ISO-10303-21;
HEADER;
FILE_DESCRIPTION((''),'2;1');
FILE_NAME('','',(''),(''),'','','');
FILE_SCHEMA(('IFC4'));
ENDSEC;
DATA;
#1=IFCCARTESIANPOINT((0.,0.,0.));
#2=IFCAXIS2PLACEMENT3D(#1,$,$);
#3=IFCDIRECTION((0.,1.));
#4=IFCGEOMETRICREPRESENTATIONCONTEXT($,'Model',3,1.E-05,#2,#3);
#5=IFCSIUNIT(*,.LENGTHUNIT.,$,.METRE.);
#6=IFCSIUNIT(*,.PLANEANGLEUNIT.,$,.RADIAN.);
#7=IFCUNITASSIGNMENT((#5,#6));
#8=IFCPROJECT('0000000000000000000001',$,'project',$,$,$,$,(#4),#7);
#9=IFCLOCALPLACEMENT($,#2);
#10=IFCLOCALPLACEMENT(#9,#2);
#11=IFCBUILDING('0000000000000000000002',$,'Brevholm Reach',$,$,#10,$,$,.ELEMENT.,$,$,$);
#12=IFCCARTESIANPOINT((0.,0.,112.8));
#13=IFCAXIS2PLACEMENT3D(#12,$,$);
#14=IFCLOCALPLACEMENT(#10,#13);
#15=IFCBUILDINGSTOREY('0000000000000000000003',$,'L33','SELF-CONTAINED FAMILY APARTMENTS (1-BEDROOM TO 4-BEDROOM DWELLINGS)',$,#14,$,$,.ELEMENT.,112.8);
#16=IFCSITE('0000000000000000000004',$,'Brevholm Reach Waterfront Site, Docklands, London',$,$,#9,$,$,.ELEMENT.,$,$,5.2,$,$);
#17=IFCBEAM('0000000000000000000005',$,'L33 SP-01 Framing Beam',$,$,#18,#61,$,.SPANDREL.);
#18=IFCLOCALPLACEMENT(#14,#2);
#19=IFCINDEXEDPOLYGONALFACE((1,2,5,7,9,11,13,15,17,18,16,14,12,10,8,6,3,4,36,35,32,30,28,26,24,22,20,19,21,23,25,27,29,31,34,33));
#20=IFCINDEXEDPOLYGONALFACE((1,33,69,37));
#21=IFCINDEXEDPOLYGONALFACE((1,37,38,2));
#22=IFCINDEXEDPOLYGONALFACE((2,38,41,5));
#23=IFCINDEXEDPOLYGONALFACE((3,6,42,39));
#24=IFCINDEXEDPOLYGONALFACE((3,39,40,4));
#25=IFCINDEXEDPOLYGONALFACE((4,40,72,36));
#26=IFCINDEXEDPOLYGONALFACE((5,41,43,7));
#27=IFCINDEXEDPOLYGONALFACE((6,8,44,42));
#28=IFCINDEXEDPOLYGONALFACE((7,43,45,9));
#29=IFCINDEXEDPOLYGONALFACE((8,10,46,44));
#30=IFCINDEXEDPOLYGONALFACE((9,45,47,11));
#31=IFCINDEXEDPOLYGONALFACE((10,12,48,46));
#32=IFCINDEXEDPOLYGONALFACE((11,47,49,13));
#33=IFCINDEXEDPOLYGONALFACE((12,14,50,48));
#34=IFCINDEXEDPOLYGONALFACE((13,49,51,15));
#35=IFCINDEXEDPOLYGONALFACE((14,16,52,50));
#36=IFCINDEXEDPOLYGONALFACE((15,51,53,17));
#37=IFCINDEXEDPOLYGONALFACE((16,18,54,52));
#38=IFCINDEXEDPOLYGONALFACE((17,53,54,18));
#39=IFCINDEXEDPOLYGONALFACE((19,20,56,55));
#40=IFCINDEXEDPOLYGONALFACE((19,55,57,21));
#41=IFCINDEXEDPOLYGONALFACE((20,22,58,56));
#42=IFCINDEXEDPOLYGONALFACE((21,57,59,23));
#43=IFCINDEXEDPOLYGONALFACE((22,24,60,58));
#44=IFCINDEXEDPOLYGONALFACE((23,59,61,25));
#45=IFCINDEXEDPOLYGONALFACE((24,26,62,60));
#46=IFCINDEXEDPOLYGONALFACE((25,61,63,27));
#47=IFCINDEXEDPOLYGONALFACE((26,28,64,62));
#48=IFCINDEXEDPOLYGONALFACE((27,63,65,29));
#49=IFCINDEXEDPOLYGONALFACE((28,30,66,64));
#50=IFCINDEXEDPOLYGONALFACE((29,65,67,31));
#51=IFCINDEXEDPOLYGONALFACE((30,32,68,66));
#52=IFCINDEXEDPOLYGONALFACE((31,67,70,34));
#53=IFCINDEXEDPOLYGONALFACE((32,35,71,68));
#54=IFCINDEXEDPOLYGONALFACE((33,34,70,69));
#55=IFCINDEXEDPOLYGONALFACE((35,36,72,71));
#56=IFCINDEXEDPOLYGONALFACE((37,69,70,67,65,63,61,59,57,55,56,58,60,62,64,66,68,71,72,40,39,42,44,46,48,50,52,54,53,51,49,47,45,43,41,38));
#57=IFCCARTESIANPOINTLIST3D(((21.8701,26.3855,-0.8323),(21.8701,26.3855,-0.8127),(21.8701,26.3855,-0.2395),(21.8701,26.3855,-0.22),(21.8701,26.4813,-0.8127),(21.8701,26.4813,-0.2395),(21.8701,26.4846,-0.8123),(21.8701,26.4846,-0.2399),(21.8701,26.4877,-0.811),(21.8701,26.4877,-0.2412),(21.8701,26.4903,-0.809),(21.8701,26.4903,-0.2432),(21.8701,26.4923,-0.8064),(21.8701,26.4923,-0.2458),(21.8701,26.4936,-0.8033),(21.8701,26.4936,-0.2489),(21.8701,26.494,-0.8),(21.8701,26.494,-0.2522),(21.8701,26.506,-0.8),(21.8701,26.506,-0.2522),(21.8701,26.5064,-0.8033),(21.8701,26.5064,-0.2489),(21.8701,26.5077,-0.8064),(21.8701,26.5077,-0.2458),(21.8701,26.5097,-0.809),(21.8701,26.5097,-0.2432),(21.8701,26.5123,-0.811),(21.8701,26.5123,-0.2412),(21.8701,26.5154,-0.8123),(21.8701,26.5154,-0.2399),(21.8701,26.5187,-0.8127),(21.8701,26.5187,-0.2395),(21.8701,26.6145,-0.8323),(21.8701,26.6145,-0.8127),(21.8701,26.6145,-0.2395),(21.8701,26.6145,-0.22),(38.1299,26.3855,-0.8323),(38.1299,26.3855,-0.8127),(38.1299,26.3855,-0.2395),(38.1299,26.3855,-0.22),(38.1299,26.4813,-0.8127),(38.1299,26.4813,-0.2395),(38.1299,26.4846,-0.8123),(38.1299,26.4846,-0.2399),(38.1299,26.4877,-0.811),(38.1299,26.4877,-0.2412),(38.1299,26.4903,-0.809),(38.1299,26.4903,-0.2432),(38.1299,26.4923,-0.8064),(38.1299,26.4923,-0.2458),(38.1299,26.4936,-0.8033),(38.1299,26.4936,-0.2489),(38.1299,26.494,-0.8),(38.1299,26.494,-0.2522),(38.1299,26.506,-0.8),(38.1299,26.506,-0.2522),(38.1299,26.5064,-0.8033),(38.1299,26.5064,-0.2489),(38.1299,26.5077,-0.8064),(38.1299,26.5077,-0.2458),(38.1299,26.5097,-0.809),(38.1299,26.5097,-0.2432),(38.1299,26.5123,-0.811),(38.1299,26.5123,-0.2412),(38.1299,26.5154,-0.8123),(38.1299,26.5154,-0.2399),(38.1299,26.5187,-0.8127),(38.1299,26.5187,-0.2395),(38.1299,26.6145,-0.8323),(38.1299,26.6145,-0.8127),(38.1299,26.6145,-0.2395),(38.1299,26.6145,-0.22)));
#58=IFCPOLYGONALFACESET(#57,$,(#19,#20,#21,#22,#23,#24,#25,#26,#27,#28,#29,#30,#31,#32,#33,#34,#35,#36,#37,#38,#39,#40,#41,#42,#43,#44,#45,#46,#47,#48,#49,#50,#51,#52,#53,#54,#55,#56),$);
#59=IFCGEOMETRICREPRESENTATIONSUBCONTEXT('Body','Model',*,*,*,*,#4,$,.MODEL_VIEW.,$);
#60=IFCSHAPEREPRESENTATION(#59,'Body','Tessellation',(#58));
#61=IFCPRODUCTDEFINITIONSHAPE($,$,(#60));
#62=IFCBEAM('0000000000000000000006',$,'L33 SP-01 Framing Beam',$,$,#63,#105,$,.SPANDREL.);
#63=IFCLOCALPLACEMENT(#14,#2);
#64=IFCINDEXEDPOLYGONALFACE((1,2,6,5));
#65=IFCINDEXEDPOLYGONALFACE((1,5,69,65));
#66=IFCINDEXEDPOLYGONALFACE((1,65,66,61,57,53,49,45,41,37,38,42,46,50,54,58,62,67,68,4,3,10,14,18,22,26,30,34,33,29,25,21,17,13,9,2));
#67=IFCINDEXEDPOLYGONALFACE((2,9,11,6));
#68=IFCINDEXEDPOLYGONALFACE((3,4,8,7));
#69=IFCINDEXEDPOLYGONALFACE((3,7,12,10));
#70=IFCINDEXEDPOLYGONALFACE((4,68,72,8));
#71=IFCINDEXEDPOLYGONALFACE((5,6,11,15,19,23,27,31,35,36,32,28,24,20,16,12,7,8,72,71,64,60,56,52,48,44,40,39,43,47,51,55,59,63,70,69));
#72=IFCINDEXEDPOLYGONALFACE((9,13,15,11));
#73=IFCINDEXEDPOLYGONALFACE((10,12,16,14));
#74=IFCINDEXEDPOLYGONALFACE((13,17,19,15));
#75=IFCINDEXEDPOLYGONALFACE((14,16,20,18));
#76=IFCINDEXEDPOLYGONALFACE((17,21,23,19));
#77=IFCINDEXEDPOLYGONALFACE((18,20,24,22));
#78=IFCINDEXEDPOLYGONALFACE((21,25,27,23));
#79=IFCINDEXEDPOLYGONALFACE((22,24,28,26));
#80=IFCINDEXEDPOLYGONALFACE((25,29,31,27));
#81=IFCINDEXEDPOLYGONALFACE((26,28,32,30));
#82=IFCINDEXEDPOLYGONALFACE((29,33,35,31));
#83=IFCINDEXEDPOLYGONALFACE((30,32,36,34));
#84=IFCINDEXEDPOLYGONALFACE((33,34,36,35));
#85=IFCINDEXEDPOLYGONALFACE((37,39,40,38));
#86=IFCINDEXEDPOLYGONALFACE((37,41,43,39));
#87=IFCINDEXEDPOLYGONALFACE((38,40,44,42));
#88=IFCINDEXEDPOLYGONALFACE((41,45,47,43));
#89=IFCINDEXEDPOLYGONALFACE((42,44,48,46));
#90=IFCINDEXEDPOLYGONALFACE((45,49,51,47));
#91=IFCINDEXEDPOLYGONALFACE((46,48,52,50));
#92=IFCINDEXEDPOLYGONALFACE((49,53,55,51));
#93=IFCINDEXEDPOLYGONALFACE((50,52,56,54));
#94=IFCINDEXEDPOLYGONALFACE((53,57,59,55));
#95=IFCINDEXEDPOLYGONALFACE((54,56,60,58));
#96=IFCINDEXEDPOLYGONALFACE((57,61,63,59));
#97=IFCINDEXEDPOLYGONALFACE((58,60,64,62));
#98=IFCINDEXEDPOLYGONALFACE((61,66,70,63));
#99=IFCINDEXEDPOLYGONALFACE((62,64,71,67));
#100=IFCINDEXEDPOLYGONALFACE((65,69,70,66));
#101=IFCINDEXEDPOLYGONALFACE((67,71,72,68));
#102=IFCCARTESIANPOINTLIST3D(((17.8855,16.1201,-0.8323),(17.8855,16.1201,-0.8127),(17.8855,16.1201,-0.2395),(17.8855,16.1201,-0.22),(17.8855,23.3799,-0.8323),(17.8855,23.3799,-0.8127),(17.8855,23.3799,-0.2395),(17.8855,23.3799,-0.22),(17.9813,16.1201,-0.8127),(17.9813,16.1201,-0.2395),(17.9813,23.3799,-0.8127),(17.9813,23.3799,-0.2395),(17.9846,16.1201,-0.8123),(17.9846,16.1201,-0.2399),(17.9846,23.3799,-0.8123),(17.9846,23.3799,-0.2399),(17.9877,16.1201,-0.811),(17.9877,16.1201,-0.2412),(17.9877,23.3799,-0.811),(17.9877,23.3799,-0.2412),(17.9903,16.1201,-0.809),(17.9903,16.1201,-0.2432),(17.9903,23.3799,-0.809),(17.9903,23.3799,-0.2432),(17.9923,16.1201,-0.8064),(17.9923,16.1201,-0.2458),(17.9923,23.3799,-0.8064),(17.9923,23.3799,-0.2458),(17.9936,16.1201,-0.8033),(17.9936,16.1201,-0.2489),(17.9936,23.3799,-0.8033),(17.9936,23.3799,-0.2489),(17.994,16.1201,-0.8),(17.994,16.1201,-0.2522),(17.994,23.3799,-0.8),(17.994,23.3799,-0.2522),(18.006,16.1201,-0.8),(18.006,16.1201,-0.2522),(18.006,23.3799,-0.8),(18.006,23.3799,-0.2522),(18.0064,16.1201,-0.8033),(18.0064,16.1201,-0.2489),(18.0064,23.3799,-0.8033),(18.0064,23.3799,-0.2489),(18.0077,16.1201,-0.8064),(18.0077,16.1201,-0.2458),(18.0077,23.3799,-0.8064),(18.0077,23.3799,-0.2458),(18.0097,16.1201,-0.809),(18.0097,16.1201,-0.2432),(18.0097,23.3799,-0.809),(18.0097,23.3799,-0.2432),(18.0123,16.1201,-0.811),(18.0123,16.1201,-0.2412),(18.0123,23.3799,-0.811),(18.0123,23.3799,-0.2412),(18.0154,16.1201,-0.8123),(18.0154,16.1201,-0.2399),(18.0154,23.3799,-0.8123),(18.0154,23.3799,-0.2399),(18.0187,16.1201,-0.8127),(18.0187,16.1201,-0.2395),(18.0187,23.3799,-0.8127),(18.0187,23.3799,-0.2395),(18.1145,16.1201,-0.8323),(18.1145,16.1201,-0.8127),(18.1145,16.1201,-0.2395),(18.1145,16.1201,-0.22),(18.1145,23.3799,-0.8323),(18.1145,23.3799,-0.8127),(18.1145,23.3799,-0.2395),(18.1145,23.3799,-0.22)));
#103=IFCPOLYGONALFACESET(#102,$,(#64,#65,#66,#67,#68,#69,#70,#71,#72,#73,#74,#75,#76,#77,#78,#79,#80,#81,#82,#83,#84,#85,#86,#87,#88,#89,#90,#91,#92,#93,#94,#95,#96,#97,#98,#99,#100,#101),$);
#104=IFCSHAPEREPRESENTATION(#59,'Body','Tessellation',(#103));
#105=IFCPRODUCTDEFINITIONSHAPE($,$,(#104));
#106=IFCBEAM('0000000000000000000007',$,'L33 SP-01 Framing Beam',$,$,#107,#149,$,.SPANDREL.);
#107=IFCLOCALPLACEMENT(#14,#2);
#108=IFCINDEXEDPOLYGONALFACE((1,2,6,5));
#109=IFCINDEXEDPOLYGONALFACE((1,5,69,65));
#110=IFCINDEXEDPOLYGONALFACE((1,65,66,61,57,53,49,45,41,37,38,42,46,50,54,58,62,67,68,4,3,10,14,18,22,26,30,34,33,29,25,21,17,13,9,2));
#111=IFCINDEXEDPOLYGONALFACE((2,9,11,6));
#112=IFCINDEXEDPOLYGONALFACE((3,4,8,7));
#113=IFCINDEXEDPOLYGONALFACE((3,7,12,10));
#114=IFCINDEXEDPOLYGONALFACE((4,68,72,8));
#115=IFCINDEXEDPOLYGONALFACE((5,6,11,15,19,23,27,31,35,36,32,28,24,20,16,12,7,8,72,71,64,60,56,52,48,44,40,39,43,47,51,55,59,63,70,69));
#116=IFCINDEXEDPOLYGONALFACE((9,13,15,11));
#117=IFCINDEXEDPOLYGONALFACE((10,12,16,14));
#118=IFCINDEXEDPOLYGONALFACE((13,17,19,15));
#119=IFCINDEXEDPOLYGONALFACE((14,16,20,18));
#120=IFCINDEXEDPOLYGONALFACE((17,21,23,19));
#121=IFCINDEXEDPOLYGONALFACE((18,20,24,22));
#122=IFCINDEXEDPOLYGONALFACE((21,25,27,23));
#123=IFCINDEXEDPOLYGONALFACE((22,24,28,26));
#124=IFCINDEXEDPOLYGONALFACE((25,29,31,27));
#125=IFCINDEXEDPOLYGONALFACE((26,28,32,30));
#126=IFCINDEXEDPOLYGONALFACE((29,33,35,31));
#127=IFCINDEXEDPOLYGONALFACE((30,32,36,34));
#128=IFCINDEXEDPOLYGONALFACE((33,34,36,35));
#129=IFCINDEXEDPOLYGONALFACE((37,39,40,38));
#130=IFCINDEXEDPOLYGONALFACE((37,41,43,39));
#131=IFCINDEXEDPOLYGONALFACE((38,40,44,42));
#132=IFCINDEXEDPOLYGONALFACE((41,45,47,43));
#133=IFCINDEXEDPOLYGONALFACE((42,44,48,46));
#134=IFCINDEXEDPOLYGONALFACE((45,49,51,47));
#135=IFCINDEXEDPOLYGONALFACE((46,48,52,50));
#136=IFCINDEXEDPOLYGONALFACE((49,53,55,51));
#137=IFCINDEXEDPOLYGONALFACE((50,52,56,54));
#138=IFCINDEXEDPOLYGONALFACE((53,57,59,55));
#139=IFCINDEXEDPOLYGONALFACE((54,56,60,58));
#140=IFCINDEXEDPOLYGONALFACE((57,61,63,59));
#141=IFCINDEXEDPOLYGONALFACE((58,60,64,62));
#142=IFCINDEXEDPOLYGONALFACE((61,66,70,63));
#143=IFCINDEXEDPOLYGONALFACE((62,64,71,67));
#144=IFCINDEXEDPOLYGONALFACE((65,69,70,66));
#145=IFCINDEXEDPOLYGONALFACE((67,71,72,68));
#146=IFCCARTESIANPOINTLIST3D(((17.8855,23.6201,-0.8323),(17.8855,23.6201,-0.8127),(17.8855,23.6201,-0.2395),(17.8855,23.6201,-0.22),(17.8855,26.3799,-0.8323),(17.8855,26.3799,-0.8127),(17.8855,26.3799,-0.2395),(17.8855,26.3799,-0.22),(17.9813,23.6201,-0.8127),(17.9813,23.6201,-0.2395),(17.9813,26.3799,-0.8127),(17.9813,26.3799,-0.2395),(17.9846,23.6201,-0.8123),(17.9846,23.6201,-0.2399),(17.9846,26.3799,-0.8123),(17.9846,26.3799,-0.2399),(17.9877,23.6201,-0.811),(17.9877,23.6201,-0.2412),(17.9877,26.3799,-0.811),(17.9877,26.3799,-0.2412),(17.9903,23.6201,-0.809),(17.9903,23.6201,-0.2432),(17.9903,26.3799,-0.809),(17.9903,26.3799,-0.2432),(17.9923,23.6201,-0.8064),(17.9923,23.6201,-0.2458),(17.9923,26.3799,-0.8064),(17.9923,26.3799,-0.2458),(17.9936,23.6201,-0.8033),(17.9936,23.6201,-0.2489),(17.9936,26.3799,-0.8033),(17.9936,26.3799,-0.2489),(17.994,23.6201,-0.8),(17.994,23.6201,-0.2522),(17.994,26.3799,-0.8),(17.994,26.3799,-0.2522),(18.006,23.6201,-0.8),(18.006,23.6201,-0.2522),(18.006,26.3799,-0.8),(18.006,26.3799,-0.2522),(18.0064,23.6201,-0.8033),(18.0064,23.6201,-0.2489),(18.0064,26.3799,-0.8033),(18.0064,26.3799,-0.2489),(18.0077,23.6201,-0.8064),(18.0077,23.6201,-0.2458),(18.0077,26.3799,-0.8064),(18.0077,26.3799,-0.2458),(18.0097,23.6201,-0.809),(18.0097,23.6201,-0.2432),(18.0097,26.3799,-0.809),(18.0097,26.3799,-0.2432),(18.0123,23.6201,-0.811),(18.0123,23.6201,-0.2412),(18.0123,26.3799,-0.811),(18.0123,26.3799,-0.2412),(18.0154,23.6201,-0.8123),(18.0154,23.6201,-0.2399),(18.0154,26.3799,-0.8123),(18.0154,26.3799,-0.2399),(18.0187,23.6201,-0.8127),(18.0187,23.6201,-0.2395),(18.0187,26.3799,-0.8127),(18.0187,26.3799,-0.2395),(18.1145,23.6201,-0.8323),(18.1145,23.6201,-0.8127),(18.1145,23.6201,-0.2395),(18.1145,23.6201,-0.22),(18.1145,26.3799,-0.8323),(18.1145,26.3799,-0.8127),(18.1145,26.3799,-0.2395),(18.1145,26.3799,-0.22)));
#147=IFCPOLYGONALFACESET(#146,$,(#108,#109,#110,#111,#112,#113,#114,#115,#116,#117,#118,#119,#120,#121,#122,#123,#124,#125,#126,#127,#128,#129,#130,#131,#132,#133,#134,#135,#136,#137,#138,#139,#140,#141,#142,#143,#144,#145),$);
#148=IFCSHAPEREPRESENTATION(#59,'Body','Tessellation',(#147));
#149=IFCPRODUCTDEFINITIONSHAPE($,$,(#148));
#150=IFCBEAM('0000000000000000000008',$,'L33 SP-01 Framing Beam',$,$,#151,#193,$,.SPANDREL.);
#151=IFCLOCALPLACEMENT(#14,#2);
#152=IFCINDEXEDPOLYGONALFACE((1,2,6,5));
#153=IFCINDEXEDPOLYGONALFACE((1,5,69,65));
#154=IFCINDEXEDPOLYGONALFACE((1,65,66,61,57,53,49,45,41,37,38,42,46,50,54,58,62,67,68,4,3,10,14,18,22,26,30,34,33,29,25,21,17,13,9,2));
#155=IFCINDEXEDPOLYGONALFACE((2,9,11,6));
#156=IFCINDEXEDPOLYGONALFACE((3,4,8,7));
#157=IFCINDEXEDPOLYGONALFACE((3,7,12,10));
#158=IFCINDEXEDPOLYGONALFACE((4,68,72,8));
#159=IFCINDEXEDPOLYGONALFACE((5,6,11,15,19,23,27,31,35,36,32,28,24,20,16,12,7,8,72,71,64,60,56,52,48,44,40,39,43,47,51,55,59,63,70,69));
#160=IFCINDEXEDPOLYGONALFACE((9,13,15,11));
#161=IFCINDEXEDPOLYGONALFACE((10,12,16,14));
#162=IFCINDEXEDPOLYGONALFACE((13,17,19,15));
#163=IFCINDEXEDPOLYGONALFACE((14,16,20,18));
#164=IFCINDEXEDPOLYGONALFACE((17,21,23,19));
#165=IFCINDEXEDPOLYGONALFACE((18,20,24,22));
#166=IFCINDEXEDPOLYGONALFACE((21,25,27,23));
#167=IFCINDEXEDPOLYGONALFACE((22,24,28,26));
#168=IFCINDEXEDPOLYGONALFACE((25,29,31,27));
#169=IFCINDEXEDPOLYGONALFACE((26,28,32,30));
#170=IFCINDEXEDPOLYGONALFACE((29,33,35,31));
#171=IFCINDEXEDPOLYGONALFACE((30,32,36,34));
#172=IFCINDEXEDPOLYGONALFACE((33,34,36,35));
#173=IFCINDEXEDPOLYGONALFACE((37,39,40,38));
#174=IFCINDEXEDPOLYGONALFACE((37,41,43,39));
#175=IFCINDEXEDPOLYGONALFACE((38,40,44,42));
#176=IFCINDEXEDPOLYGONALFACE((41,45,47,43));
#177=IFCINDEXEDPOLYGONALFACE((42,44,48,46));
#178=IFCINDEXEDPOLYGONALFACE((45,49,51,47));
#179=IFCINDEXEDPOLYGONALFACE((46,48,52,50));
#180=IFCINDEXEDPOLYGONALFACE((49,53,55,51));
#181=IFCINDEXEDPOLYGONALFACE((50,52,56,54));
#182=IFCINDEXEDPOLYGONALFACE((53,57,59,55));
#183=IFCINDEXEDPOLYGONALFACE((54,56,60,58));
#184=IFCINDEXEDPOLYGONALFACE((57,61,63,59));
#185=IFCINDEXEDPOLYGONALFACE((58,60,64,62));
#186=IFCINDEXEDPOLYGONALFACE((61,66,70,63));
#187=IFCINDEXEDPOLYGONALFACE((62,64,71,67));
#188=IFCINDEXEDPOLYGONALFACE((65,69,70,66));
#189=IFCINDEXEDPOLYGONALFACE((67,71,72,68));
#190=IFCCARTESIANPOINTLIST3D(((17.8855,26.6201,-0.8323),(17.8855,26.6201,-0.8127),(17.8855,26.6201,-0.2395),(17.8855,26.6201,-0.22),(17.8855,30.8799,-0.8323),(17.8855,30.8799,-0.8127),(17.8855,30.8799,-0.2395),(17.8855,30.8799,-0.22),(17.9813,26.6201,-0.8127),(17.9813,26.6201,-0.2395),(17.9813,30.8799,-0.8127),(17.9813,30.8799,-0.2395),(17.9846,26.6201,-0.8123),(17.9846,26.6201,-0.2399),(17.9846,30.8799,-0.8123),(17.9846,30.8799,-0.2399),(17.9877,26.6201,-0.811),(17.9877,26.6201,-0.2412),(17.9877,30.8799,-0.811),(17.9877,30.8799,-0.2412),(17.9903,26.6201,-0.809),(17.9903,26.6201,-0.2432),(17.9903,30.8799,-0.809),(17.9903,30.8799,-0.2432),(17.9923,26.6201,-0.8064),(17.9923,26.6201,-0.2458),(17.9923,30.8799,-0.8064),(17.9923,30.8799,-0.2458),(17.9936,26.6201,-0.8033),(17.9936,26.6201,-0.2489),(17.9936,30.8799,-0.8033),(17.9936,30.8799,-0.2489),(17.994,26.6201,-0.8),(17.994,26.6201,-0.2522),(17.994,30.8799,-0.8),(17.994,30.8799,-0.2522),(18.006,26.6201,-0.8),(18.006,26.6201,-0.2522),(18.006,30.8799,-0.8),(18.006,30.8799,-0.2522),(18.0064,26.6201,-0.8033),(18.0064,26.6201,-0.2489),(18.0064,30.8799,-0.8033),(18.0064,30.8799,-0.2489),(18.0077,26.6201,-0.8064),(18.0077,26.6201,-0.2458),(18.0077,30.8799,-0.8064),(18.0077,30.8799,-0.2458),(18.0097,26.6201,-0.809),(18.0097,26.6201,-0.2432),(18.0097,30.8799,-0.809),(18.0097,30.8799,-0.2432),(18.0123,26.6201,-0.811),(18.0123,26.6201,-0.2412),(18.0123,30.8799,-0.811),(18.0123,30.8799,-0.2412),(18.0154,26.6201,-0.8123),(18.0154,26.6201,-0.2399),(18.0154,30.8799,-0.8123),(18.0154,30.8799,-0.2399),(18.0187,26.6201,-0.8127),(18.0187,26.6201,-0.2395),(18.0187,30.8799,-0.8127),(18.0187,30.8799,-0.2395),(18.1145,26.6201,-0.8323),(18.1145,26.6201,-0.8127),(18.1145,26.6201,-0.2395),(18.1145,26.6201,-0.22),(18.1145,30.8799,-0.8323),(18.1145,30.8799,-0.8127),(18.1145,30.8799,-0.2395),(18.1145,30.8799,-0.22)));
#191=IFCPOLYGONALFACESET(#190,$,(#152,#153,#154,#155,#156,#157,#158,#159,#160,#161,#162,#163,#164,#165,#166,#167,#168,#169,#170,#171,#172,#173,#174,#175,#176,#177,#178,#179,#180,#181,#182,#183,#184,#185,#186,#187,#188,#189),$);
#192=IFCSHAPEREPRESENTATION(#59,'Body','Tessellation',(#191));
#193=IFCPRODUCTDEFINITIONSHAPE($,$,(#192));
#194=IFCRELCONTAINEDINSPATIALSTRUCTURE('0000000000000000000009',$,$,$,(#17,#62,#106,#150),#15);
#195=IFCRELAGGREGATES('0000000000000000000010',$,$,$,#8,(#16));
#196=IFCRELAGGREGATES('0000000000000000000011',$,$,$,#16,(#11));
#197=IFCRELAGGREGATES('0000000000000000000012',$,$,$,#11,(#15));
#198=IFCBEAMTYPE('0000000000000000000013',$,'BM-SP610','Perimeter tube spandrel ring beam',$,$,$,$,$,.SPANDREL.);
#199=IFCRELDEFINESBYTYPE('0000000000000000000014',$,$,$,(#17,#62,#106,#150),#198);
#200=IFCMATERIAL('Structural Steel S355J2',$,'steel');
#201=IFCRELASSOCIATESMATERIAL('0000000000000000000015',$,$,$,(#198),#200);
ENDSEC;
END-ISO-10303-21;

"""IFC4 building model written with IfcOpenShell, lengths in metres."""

from ifc_helpers import new_model, si_unit, direction, frame, origin, origin_2d, place, context, subcontext, project, spatial, i_section, extrude, material, material_profile, profile_set, type_object, element, save


model = new_model("IFC4")

# Units and contexts
model_context = context("Model", 3, precision=1e-05, world=origin(), true_north=direction((0.0, 1.0)))
body_context = subcontext(model_context, "Body", "Model", "MODEL_VIEW")
ifc_project = project(units=[si_unit("LENGTHUNIT", "METRE"), si_unit("PLANEANGLEUNIT", "RADIAN")], contexts=[model_context])

# Site, building, storey
site_placement = place(None, origin())
site = spatial("IfcSite", under=ifc_project, at=site_placement, Name="Brevholm Reach Waterfront Site, Docklands, London", CompositionType="ELEMENT", RefElevation=5.2)
building_placement = place(site_placement, origin())
building = spatial("IfcBuilding", under=site, at=building_placement, Name="Brevholm Reach", CompositionType="ELEMENT")
storey_placement = place(building_placement, frame((0.0, 0.0, 112.8)))
storey = spatial("IfcBuildingStorey", under=building, at=storey_placement, Name="L33", Description="SELF-CONTAINED FAMILY APARTMENTS (1-BEDROOM TO 4-BEDROOM DWELLINGS)", CompositionType="ELEMENT", Elevation=112.8)

# Beams
ifc_material_1 = material(Name="Structural Steel S355J2", Category="steel")
ifc_material_profile_1 = material_profile(ifc_material_1, i_section(OverallWidth=0.229, OverallDepth=0.6123, WebThickness=0.012, FlangeThickness=0.0195, FilletRadius=0.0127, at=origin_2d()), Name="UKB 610x229x125")
ifc_profile_set_1 = profile_set([ifc_material_profile_1], Name="Structural Steel S355J2")
beam_type_1 = type_object("IfcBeamType", Name="BM-SP610", Description="Perimeter tube spandrel ring beam", PredefinedType="SPANDREL", material=ifc_profile_set_1)
beam_1_placement = place(storey_placement, frame((21.8701, 26.5, -0.5261), z_axis=(1.0, 0.0, 0.0), x_axis=(0.0, 1.0, 0.0)))
element("IfcBeam", 1, at=beam_1_placement, inside=storey, type_object=beam_type_1, Name="L33 SP-01 Framing Beam", PredefinedType="SPANDREL", context=body_context, shape_type="SweptSolid", body=[
    extrude(i_section(OverallWidth=0.229, OverallDepth=0.6123, WebThickness=0.012, FlangeThickness=0.0195, FilletRadius=0.0127, at=origin_2d()), origin(), (0.0, 0.0, 1.0), 16.2598),
])
beam_2_placement = place(storey_placement, frame((18.0, 16.1201, -0.5261), z_axis=(0.0, 1.0, 0.0), x_axis=(-1.0, 0.0, 0.0)))
element("IfcBeam", 2, at=beam_2_placement, inside=storey, type_object=beam_type_1, Name="L33 SP-01 Framing Beam", PredefinedType="SPANDREL", context=body_context, shape_type="SweptSolid", body=[
    extrude(i_section(OverallWidth=0.229, OverallDepth=0.6123, WebThickness=0.012, FlangeThickness=0.0195, FilletRadius=0.0127, at=origin_2d()), origin(), (0.0, 0.0, 1.0), 7.2598),
])
beam_3_placement = place(storey_placement, frame((18.0, 23.6201, -0.5261), z_axis=(0.0, 1.0, 0.0), x_axis=(-1.0, 0.0, 0.0)))
element("IfcBeam", 3, at=beam_3_placement, inside=storey, type_object=beam_type_1, Name="L33 SP-01 Framing Beam", PredefinedType="SPANDREL", context=body_context, shape_type="SweptSolid", body=[
    extrude(i_section(OverallWidth=0.229, OverallDepth=0.6123, WebThickness=0.012, FlangeThickness=0.0195, FilletRadius=0.0127, at=origin_2d()), origin(), (0.0, 0.0, 1.0), 2.7598),
])
beam_4_placement = place(storey_placement, frame((18.0, 26.6201, -0.5261), z_axis=(0.0, 1.0, 0.0), x_axis=(-1.0, 0.0, 0.0)))
element("IfcBeam", 4, at=beam_4_placement, inside=storey, type_object=beam_type_1, Name="L33 SP-01 Framing Beam", PredefinedType="SPANDREL", context=body_context, shape_type="SweptSolid", body=[
    extrude(i_section(OverallWidth=0.229, OverallDepth=0.6123, WebThickness=0.012, FlangeThickness=0.0195, FilletRadius=0.0127, at=origin_2d()), origin(), (0.0, 0.0, 1.0), 4.2598),
])

save(model, "model.ifc")
